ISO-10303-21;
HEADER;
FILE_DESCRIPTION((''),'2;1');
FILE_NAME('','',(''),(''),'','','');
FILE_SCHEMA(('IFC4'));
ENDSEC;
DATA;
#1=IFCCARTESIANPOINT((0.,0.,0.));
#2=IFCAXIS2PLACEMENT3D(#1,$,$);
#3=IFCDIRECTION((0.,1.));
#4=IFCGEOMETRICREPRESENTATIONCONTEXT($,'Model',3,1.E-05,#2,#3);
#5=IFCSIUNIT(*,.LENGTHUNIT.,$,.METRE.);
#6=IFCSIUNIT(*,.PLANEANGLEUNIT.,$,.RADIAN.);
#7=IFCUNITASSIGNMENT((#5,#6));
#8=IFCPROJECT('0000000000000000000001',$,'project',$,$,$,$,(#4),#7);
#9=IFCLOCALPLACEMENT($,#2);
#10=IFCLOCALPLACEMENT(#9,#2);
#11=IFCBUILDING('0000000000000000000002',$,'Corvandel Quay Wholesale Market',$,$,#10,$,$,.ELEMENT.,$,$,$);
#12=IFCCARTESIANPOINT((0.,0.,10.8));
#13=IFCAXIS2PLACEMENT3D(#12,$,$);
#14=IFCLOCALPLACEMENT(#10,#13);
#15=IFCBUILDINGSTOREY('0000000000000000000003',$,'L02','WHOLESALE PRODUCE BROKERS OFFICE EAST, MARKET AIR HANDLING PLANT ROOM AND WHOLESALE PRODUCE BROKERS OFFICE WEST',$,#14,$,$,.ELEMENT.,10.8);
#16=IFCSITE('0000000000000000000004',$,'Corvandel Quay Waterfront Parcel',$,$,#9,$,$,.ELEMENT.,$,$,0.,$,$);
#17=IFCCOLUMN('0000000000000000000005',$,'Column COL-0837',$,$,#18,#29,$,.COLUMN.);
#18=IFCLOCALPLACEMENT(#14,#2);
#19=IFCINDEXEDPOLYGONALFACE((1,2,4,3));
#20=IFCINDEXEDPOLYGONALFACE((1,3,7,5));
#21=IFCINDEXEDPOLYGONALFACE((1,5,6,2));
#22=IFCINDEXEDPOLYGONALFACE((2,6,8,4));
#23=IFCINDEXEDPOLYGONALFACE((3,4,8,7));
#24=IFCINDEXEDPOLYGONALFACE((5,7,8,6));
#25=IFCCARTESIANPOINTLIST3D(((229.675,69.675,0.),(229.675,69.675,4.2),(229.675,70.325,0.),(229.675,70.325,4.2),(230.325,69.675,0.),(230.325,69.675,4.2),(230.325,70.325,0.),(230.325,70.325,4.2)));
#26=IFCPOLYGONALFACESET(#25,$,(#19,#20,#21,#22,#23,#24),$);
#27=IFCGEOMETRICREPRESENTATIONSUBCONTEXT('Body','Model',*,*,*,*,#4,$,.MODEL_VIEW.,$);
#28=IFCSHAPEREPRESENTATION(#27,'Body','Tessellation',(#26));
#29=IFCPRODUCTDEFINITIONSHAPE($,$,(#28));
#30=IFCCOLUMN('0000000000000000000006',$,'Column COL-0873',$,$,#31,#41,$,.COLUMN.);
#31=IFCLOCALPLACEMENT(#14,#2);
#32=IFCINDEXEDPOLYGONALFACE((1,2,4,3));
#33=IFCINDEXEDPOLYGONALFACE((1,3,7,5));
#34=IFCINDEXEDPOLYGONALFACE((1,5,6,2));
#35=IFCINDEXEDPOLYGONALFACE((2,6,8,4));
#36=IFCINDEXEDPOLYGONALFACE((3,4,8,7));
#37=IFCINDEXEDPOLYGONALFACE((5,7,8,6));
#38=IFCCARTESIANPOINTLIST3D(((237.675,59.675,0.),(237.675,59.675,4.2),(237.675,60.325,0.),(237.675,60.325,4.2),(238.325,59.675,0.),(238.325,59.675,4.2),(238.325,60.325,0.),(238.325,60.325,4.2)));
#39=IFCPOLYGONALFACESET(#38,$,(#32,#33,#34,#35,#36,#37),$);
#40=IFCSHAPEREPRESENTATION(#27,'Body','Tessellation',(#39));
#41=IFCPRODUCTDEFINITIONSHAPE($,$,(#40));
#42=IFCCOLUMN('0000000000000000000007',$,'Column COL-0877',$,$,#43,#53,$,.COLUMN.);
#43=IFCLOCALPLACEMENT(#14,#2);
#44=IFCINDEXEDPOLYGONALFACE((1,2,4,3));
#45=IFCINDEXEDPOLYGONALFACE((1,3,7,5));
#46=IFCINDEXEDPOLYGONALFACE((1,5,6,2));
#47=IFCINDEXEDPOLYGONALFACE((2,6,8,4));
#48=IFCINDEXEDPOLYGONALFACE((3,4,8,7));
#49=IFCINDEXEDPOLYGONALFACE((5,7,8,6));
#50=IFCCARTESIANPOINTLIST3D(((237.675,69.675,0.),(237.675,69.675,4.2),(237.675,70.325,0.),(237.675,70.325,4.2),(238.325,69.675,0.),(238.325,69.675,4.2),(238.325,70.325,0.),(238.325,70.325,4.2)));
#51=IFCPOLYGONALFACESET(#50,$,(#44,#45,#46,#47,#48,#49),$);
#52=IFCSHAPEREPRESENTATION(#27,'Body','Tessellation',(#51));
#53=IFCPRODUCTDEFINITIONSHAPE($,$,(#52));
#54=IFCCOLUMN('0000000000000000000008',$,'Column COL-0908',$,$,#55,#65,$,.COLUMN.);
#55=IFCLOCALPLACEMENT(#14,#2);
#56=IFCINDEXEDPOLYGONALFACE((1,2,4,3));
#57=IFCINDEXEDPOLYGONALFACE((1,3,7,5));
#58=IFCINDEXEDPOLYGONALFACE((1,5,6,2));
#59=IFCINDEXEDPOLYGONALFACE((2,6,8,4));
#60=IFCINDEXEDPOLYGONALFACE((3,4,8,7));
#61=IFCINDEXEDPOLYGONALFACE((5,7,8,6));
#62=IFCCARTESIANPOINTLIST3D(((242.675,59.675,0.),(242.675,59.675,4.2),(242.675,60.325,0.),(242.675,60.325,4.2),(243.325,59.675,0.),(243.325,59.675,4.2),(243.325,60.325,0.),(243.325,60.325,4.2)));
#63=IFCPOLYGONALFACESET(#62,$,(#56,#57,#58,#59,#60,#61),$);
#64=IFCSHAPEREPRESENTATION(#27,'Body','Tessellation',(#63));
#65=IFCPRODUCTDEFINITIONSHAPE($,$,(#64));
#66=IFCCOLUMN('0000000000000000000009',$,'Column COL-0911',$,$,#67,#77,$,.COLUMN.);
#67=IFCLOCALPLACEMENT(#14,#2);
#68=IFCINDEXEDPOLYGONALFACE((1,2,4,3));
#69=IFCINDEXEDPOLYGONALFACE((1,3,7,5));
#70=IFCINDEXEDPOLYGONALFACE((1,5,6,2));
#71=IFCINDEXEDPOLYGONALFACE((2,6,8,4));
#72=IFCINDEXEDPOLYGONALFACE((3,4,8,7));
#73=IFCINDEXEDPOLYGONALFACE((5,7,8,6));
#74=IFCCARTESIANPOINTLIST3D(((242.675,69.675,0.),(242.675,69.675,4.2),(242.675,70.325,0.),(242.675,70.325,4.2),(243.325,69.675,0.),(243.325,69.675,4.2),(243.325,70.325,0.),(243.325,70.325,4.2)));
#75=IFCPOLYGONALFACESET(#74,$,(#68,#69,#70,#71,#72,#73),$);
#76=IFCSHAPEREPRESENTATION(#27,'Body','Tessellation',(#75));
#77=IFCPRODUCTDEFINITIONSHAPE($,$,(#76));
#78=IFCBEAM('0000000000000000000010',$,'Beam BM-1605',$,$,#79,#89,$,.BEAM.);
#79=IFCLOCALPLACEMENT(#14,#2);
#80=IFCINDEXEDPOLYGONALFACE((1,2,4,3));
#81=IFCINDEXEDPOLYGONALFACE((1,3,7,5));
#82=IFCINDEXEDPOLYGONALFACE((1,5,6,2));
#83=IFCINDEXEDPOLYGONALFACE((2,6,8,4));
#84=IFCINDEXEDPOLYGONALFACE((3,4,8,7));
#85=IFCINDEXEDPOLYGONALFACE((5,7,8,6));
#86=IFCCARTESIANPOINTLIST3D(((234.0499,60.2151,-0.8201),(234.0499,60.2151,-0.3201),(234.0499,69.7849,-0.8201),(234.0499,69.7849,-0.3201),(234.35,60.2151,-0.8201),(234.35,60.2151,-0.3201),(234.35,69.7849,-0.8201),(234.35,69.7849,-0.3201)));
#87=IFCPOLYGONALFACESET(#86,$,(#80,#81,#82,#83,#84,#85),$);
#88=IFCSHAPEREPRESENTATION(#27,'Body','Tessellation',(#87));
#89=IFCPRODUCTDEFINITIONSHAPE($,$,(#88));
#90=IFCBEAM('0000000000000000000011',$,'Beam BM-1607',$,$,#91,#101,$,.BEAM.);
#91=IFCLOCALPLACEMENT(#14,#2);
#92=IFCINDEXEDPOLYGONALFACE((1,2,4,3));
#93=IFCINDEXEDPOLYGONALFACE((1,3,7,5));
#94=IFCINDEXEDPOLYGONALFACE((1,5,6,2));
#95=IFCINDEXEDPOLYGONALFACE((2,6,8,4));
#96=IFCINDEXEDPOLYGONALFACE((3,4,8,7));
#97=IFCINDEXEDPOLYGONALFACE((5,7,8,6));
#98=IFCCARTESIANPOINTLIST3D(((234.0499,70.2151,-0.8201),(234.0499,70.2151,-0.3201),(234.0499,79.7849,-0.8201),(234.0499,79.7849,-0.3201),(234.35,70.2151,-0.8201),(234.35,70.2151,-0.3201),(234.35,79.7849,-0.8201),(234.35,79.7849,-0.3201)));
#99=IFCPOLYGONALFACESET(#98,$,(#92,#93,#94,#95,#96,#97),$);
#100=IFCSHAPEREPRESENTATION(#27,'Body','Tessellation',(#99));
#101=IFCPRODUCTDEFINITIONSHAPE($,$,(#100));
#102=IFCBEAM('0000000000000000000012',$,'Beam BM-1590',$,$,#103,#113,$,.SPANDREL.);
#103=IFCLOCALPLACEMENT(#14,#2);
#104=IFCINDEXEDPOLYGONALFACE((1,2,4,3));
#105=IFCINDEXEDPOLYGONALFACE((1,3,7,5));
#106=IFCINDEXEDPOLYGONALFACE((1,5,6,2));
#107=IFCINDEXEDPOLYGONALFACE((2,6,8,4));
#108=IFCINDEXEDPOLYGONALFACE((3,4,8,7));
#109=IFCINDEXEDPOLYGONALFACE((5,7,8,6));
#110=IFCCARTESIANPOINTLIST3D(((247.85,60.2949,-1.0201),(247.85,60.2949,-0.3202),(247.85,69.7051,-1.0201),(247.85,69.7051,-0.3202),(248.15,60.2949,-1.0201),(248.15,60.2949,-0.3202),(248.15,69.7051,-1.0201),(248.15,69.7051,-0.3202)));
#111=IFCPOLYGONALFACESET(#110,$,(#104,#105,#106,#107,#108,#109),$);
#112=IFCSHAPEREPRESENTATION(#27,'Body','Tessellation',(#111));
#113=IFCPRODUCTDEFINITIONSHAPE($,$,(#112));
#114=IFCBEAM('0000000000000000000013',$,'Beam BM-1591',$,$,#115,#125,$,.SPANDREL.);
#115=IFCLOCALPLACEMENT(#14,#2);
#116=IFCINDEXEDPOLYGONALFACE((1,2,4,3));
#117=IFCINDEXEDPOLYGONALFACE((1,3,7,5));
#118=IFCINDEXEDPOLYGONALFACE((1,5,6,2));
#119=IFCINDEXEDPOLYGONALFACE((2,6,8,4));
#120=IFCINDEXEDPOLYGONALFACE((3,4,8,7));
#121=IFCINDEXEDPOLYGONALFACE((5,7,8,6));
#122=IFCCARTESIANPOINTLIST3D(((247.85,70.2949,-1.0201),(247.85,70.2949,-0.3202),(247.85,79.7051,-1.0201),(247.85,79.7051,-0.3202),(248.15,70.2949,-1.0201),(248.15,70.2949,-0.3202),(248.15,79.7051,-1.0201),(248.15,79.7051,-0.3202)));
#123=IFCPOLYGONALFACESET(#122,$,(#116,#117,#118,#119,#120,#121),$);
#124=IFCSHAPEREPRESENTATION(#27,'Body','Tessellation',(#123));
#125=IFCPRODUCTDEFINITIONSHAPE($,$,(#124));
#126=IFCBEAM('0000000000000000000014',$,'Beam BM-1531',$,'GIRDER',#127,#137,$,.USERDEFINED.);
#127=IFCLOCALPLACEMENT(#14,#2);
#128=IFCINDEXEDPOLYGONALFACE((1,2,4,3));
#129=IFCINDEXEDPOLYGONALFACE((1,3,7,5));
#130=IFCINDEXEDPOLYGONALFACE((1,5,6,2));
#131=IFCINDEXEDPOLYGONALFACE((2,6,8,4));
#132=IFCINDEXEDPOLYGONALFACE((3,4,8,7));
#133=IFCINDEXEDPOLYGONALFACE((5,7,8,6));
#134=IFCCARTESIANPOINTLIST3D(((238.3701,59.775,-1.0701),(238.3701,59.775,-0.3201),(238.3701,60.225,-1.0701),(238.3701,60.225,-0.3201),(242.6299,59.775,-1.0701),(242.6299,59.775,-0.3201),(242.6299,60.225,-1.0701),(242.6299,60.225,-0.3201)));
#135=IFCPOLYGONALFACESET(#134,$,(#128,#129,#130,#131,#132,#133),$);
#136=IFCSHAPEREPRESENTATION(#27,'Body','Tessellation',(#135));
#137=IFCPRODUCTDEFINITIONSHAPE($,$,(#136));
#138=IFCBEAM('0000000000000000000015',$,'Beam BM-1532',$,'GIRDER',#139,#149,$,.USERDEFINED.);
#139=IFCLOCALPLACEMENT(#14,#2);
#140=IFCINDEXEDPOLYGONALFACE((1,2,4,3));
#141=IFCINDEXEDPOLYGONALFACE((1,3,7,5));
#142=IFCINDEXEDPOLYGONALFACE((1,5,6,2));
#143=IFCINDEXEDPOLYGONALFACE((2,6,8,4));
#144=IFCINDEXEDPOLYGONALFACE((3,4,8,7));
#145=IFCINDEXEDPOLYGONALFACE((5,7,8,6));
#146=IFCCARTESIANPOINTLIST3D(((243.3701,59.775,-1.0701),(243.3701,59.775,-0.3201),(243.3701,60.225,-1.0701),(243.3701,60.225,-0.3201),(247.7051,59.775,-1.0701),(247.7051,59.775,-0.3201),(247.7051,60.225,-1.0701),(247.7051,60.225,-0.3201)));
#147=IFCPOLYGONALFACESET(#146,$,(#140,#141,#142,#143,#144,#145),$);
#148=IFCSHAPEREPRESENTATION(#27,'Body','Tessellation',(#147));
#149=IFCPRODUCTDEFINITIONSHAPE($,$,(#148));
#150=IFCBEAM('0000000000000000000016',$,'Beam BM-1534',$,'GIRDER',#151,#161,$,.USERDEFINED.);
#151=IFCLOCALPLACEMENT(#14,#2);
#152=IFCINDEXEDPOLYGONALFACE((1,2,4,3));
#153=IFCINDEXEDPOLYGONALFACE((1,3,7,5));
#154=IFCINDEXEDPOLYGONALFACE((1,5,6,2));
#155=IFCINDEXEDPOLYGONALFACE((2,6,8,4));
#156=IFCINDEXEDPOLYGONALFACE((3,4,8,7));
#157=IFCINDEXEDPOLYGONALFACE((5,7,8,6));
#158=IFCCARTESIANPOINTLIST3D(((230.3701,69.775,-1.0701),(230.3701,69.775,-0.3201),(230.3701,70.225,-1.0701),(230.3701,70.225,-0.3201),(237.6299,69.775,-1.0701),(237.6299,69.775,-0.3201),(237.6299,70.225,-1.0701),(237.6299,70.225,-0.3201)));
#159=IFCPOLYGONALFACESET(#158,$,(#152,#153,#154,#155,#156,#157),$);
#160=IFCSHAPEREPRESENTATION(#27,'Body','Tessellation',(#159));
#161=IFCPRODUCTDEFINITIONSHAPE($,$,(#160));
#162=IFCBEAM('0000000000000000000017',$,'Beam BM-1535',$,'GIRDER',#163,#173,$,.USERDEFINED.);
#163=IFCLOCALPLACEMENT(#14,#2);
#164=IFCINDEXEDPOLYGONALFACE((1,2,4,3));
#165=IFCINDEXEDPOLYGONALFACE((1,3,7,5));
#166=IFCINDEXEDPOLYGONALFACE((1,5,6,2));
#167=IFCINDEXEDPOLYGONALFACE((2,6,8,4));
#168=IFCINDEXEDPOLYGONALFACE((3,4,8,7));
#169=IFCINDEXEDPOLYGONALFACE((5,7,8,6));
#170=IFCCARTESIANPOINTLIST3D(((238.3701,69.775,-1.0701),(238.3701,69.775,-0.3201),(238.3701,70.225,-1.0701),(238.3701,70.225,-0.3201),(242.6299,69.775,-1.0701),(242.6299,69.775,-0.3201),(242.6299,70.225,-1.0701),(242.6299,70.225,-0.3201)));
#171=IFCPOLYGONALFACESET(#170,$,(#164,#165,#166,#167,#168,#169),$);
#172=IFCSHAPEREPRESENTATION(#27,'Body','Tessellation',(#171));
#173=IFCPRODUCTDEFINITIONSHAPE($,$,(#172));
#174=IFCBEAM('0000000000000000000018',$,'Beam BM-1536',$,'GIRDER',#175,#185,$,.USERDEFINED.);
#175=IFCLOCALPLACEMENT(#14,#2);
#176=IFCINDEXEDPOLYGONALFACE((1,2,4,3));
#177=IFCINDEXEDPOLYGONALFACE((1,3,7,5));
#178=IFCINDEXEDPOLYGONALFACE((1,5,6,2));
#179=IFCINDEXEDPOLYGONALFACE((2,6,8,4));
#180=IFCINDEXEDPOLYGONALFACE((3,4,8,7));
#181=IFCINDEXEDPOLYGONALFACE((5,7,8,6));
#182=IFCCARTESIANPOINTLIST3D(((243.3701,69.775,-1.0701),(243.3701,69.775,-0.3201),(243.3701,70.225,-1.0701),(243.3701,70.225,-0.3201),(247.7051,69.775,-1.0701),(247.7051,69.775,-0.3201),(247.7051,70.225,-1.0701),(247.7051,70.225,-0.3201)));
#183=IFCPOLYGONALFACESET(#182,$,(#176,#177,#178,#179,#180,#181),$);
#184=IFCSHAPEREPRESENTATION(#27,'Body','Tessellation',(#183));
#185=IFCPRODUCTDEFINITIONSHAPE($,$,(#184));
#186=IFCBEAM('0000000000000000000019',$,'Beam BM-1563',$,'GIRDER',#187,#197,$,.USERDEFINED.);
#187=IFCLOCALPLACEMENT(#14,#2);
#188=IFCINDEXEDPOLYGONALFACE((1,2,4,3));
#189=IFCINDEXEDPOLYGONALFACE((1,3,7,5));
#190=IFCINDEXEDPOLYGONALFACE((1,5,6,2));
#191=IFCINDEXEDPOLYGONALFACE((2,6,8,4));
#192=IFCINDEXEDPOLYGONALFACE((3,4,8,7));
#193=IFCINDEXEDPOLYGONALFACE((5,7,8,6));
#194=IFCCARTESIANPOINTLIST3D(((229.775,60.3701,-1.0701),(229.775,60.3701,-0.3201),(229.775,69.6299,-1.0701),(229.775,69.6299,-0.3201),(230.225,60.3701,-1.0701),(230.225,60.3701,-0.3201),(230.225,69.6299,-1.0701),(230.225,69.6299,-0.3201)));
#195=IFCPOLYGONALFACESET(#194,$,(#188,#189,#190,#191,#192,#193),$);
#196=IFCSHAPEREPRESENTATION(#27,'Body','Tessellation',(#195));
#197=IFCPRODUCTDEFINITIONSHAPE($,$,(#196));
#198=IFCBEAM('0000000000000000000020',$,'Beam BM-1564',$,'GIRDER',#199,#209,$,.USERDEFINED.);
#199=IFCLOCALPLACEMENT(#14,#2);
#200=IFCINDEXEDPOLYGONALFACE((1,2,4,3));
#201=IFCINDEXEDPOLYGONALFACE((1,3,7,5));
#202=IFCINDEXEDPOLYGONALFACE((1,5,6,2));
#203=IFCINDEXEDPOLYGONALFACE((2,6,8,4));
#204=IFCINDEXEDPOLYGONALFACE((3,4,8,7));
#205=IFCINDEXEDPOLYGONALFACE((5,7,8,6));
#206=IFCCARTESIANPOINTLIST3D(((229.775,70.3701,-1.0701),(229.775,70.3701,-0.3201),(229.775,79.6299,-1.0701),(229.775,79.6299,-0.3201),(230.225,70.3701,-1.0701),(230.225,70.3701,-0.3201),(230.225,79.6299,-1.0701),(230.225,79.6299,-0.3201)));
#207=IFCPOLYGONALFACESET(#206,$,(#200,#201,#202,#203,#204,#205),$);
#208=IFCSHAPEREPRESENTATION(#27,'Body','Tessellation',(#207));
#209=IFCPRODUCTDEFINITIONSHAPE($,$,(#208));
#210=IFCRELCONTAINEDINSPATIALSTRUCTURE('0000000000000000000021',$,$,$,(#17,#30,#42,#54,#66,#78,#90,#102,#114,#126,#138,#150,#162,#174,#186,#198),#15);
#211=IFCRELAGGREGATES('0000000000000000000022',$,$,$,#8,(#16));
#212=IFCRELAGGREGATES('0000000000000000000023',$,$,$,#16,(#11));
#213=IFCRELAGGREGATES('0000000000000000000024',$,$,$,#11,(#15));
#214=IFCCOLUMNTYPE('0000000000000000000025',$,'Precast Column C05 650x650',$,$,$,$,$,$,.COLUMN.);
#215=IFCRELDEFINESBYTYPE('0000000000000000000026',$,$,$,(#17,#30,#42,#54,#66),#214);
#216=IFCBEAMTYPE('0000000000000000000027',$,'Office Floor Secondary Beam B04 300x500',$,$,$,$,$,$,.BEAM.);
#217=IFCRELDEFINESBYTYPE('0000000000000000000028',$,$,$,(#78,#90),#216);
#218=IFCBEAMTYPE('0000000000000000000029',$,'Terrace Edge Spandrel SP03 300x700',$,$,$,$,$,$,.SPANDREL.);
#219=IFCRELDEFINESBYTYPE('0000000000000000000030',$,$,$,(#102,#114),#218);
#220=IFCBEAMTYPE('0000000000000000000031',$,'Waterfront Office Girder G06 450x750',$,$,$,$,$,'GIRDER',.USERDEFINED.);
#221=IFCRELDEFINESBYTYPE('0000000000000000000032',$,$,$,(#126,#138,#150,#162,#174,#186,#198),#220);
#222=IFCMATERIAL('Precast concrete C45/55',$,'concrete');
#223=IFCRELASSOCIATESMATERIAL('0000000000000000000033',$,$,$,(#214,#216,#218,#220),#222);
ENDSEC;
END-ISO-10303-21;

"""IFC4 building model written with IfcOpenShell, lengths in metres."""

from ifc_helpers import new_model, si_unit, direction, frame, origin, origin_2d, place, context, subcontext, project, spatial, rectangle, extrude, material, material_profile, profile_set, type_object, element, save


model = new_model("IFC4")

# Units and contexts
model_context = context("Model", 3, precision=1e-05, world=origin(), true_north=direction((0.0, 1.0)))
body_context = subcontext(model_context, "Body", "Model", "MODEL_VIEW")
ifc_project = project(units=[si_unit("LENGTHUNIT", "METRE"), si_unit("PLANEANGLEUNIT", "RADIAN")], contexts=[model_context])

# Site, building, storey
site_placement = place(None, origin())
site = spatial("IfcSite", under=ifc_project, at=site_placement, Name="Corvandel Quay Waterfront Parcel", CompositionType="ELEMENT", RefElevation=0.0)
building_placement = place(site_placement, origin())
building = spatial("IfcBuilding", under=site, at=building_placement, Name="Corvandel Quay Wholesale Market", CompositionType="ELEMENT")
storey_placement = place(building_placement, frame((0.0, 0.0, 10.8)))
storey = spatial("IfcBuildingStorey", under=building, at=storey_placement, Name="L02", Description="WHOLESALE PRODUCE BROKERS OFFICE EAST, MARKET AIR HANDLING PLANT ROOM AND WHOLESALE PRODUCE BROKERS OFFICE WEST", CompositionType="ELEMENT", Elevation=10.8)

# Columns
ifc_material_1 = material(Name="Precast concrete C45/55", Category="concrete")
ifc_material_profile_1 = material_profile(ifc_material_1, rectangle(XDim=0.6499, YDim=0.6499, at=origin_2d()), Name="PC-COL-650x650")
ifc_profile_set_1 = profile_set([ifc_material_profile_1], Name="Precast concrete C45/55")
column_type = type_object("IfcColumnType", Name="Precast Column C05 650x650", PredefinedType="COLUMN", material=ifc_profile_set_1)
for number, where, z_axis, x_axis, name in (
    (1, (230.0, 70.0, 0.0), (0.0, 0.0, 1.0), (1.0, 0.0, 0.0), "Column COL-0837"),
    (2, (238.0, 60.0, 0.0), (0.0, 0.0, 1.0), (1.0, 0.0, 0.0), "Column COL-0873"),
    (3, (238.0, 70.0, 0.0), (0.0, 0.0, 1.0), (1.0, 0.0, 0.0), "Column COL-0877"),
    (4, (243.0, 60.0, 0.0), (0.0, 0.0, 1.0), (1.0, 0.0, 0.0), "Column COL-0908"),
    (5, (243.0, 70.0, 0.0), (0.0, 0.0, 1.0), (1.0, 0.0, 0.0), "Column COL-0911"),
):
    element("IfcColumn", number, at=place(storey_placement, frame(where, z_axis=z_axis, x_axis=x_axis)), inside=storey, type_object=column_type, Name=name, PredefinedType="COLUMN", context=body_context, shape_type="SweptSolid", body=[
        extrude(rectangle(XDim=0.6499, YDim=0.6499, at=origin_2d()), origin(), (0.0, 0.0, 1.0), 4.2),
    ])

# Beams
ifc_material_profile_2 = material_profile(ifc_material_1, rectangle(XDim=0.3, YDim=0.5, at=origin_2d()), Name="PC-BM-300x500")
ifc_profile_set_2 = profile_set([ifc_material_profile_2], Name="Precast concrete C45/55")
beam_type_1 = type_object("IfcBeamType", Name="Office Floor Secondary Beam B04 300x500", PredefinedType="BEAM", material=ifc_profile_set_2)
for number, where, z_axis, x_axis, name in (
    (6, (234.2, 60.2151, -0.5701), (0.0, 1.0, 0.0), (-1.0, 0.0, 0.0), "Beam BM-1605"),
    (7, (234.2, 70.2151, -0.5701), (0.0, 1.0, 0.0), (-1.0, 0.0, 0.0), "Beam BM-1607"),
):
    element("IfcBeam", number, at=place(storey_placement, frame(where, z_axis=z_axis, x_axis=x_axis)), inside=storey, type_object=beam_type_1, Name=name, PredefinedType="BEAM", context=body_context, shape_type="SweptSolid", body=[
        extrude(rectangle(XDim=0.3, YDim=0.5, at=origin_2d()), origin(), (0.0, 0.0, 1.0), 9.5698),
    ])
ifc_material_profile_3 = material_profile(ifc_material_1, rectangle(XDim=0.3, YDim=0.7, at=origin_2d()), Name="PC-SPN-300x700")
ifc_profile_set_3 = profile_set([ifc_material_profile_3], Name="Precast concrete C45/55")
beam_type_2 = type_object("IfcBeamType", Name="Terrace Edge Spandrel SP03 300x700", PredefinedType="SPANDREL", material=ifc_profile_set_3)
for number, where, z_axis, x_axis, name in (
    (8, (248.0, 60.2949, -0.6702), (0.0, 1.0, 0.0), (-1.0, 0.0, 0.0), "Beam BM-1590"),
    (9, (248.0, 70.2949, -0.6702), (0.0, 1.0, 0.0), (-1.0, 0.0, 0.0), "Beam BM-1591"),
):
    element("IfcBeam", number, at=place(storey_placement, frame(where, z_axis=z_axis, x_axis=x_axis)), inside=storey, type_object=beam_type_2, Name=name, PredefinedType="SPANDREL", context=body_context, shape_type="SweptSolid", body=[
        extrude(rectangle(XDim=0.3, YDim=0.7, at=origin_2d()), origin(), (0.0, 0.0, 1.0), 9.4102),
    ])
ifc_material_profile_4 = material_profile(ifc_material_1, rectangle(XDim=0.45, YDim=0.75, at=origin_2d()), Name="PC-GIR-450x750")
ifc_profile_set_4 = profile_set([ifc_material_profile_4], Name="Precast concrete C45/55")
beam_type_3 = type_object("IfcBeamType", Name="Waterfront Office Girder G06 450x750", ElementType="GIRDER", PredefinedType="USERDEFINED", material=ifc_profile_set_4)
beam_1_placement = place(storey_placement, frame((238.3701, 60.0, -0.6951), z_axis=(1.0, 0.0, 0.0), x_axis=(0.0, 1.0, 0.0)))
element("IfcBeam", 10, at=beam_1_placement, inside=storey, type_object=beam_type_3, Name="Beam BM-1531", ObjectType="GIRDER", PredefinedType="USERDEFINED", context=body_context, shape_type="SweptSolid", body=[
    extrude(rectangle(XDim=0.45, YDim=0.75, at=origin_2d()), origin(), (0.0, 0.0, 1.0), 4.2598),
])
beam_2_placement = place(storey_placement, frame((243.3701, 60.0, -0.6951), z_axis=(1.0, 0.0, 0.0), x_axis=(0.0, 1.0, 0.0)))
element("IfcBeam", 11, at=beam_2_placement, inside=storey, type_object=beam_type_3, Name="Beam BM-1532", ObjectType="GIRDER", PredefinedType="USERDEFINED", context=body_context, shape_type="SweptSolid", body=[
    extrude(rectangle(XDim=0.45, YDim=0.75, at=origin_2d()), origin(), (0.0, 0.0, 1.0), 4.335),
])
beam_3_placement = place(storey_placement, frame((230.3701, 70.0, -0.6951), z_axis=(1.0, 0.0, 0.0), x_axis=(0.0, 1.0, 0.0)))
element("IfcBeam", 12, at=beam_3_placement, inside=storey, type_object=beam_type_3, Name="Beam BM-1534", ObjectType="GIRDER", PredefinedType="USERDEFINED", context=body_context, shape_type="SweptSolid", body=[
    extrude(rectangle(XDim=0.45, YDim=0.75, at=origin_2d()), origin(), (0.0, 0.0, 1.0), 7.2598),
])
beam_4_placement = place(storey_placement, frame((238.3701, 70.0, -0.6951), z_axis=(1.0, 0.0, 0.0), x_axis=(0.0, 1.0, 0.0)))
element("IfcBeam", 13, at=beam_4_placement, inside=storey, type_object=beam_type_3, Name="Beam BM-1535", ObjectType="GIRDER", PredefinedType="USERDEFINED", context=body_context, shape_type="SweptSolid", body=[
    extrude(rectangle(XDim=0.45, YDim=0.75, at=origin_2d()), origin(), (0.0, 0.0, 1.0), 4.2598),
])
beam_5_placement = place(storey_placement, frame((243.3701, 70.0, -0.6951), z_axis=(1.0, 0.0, 0.0), x_axis=(0.0, 1.0, 0.0)))
element("IfcBeam", 14, at=beam_5_placement, inside=storey, type_object=beam_type_3, Name="Beam BM-1536", ObjectType="GIRDER", PredefinedType="USERDEFINED", context=body_context, shape_type="SweptSolid", body=[
    extrude(rectangle(XDim=0.45, YDim=0.75, at=origin_2d()), origin(), (0.0, 0.0, 1.0), 4.335),
])
for number, where, z_axis, x_axis, name in (
    (15, (230.0, 60.3701, -0.6951), (0.0, 1.0, 0.0), (-1.0, 0.0, 0.0), "Beam BM-1563"),
    (16, (230.0, 70.3701, -0.6951), (0.0, 1.0, 0.0), (-1.0, 0.0, 0.0), "Beam BM-1564"),
):
    element("IfcBeam", number, at=place(storey_placement, frame(where, z_axis=z_axis, x_axis=x_axis)), inside=storey, type_object=beam_type_3, Name=name, ObjectType="GIRDER", PredefinedType="USERDEFINED", context=body_context, shape_type="SweptSolid", body=[
        extrude(rectangle(XDim=0.45, YDim=0.75, at=origin_2d()), origin(), (0.0, 0.0, 1.0), 9.2598),
    ])

save(model, "model.ifc")
